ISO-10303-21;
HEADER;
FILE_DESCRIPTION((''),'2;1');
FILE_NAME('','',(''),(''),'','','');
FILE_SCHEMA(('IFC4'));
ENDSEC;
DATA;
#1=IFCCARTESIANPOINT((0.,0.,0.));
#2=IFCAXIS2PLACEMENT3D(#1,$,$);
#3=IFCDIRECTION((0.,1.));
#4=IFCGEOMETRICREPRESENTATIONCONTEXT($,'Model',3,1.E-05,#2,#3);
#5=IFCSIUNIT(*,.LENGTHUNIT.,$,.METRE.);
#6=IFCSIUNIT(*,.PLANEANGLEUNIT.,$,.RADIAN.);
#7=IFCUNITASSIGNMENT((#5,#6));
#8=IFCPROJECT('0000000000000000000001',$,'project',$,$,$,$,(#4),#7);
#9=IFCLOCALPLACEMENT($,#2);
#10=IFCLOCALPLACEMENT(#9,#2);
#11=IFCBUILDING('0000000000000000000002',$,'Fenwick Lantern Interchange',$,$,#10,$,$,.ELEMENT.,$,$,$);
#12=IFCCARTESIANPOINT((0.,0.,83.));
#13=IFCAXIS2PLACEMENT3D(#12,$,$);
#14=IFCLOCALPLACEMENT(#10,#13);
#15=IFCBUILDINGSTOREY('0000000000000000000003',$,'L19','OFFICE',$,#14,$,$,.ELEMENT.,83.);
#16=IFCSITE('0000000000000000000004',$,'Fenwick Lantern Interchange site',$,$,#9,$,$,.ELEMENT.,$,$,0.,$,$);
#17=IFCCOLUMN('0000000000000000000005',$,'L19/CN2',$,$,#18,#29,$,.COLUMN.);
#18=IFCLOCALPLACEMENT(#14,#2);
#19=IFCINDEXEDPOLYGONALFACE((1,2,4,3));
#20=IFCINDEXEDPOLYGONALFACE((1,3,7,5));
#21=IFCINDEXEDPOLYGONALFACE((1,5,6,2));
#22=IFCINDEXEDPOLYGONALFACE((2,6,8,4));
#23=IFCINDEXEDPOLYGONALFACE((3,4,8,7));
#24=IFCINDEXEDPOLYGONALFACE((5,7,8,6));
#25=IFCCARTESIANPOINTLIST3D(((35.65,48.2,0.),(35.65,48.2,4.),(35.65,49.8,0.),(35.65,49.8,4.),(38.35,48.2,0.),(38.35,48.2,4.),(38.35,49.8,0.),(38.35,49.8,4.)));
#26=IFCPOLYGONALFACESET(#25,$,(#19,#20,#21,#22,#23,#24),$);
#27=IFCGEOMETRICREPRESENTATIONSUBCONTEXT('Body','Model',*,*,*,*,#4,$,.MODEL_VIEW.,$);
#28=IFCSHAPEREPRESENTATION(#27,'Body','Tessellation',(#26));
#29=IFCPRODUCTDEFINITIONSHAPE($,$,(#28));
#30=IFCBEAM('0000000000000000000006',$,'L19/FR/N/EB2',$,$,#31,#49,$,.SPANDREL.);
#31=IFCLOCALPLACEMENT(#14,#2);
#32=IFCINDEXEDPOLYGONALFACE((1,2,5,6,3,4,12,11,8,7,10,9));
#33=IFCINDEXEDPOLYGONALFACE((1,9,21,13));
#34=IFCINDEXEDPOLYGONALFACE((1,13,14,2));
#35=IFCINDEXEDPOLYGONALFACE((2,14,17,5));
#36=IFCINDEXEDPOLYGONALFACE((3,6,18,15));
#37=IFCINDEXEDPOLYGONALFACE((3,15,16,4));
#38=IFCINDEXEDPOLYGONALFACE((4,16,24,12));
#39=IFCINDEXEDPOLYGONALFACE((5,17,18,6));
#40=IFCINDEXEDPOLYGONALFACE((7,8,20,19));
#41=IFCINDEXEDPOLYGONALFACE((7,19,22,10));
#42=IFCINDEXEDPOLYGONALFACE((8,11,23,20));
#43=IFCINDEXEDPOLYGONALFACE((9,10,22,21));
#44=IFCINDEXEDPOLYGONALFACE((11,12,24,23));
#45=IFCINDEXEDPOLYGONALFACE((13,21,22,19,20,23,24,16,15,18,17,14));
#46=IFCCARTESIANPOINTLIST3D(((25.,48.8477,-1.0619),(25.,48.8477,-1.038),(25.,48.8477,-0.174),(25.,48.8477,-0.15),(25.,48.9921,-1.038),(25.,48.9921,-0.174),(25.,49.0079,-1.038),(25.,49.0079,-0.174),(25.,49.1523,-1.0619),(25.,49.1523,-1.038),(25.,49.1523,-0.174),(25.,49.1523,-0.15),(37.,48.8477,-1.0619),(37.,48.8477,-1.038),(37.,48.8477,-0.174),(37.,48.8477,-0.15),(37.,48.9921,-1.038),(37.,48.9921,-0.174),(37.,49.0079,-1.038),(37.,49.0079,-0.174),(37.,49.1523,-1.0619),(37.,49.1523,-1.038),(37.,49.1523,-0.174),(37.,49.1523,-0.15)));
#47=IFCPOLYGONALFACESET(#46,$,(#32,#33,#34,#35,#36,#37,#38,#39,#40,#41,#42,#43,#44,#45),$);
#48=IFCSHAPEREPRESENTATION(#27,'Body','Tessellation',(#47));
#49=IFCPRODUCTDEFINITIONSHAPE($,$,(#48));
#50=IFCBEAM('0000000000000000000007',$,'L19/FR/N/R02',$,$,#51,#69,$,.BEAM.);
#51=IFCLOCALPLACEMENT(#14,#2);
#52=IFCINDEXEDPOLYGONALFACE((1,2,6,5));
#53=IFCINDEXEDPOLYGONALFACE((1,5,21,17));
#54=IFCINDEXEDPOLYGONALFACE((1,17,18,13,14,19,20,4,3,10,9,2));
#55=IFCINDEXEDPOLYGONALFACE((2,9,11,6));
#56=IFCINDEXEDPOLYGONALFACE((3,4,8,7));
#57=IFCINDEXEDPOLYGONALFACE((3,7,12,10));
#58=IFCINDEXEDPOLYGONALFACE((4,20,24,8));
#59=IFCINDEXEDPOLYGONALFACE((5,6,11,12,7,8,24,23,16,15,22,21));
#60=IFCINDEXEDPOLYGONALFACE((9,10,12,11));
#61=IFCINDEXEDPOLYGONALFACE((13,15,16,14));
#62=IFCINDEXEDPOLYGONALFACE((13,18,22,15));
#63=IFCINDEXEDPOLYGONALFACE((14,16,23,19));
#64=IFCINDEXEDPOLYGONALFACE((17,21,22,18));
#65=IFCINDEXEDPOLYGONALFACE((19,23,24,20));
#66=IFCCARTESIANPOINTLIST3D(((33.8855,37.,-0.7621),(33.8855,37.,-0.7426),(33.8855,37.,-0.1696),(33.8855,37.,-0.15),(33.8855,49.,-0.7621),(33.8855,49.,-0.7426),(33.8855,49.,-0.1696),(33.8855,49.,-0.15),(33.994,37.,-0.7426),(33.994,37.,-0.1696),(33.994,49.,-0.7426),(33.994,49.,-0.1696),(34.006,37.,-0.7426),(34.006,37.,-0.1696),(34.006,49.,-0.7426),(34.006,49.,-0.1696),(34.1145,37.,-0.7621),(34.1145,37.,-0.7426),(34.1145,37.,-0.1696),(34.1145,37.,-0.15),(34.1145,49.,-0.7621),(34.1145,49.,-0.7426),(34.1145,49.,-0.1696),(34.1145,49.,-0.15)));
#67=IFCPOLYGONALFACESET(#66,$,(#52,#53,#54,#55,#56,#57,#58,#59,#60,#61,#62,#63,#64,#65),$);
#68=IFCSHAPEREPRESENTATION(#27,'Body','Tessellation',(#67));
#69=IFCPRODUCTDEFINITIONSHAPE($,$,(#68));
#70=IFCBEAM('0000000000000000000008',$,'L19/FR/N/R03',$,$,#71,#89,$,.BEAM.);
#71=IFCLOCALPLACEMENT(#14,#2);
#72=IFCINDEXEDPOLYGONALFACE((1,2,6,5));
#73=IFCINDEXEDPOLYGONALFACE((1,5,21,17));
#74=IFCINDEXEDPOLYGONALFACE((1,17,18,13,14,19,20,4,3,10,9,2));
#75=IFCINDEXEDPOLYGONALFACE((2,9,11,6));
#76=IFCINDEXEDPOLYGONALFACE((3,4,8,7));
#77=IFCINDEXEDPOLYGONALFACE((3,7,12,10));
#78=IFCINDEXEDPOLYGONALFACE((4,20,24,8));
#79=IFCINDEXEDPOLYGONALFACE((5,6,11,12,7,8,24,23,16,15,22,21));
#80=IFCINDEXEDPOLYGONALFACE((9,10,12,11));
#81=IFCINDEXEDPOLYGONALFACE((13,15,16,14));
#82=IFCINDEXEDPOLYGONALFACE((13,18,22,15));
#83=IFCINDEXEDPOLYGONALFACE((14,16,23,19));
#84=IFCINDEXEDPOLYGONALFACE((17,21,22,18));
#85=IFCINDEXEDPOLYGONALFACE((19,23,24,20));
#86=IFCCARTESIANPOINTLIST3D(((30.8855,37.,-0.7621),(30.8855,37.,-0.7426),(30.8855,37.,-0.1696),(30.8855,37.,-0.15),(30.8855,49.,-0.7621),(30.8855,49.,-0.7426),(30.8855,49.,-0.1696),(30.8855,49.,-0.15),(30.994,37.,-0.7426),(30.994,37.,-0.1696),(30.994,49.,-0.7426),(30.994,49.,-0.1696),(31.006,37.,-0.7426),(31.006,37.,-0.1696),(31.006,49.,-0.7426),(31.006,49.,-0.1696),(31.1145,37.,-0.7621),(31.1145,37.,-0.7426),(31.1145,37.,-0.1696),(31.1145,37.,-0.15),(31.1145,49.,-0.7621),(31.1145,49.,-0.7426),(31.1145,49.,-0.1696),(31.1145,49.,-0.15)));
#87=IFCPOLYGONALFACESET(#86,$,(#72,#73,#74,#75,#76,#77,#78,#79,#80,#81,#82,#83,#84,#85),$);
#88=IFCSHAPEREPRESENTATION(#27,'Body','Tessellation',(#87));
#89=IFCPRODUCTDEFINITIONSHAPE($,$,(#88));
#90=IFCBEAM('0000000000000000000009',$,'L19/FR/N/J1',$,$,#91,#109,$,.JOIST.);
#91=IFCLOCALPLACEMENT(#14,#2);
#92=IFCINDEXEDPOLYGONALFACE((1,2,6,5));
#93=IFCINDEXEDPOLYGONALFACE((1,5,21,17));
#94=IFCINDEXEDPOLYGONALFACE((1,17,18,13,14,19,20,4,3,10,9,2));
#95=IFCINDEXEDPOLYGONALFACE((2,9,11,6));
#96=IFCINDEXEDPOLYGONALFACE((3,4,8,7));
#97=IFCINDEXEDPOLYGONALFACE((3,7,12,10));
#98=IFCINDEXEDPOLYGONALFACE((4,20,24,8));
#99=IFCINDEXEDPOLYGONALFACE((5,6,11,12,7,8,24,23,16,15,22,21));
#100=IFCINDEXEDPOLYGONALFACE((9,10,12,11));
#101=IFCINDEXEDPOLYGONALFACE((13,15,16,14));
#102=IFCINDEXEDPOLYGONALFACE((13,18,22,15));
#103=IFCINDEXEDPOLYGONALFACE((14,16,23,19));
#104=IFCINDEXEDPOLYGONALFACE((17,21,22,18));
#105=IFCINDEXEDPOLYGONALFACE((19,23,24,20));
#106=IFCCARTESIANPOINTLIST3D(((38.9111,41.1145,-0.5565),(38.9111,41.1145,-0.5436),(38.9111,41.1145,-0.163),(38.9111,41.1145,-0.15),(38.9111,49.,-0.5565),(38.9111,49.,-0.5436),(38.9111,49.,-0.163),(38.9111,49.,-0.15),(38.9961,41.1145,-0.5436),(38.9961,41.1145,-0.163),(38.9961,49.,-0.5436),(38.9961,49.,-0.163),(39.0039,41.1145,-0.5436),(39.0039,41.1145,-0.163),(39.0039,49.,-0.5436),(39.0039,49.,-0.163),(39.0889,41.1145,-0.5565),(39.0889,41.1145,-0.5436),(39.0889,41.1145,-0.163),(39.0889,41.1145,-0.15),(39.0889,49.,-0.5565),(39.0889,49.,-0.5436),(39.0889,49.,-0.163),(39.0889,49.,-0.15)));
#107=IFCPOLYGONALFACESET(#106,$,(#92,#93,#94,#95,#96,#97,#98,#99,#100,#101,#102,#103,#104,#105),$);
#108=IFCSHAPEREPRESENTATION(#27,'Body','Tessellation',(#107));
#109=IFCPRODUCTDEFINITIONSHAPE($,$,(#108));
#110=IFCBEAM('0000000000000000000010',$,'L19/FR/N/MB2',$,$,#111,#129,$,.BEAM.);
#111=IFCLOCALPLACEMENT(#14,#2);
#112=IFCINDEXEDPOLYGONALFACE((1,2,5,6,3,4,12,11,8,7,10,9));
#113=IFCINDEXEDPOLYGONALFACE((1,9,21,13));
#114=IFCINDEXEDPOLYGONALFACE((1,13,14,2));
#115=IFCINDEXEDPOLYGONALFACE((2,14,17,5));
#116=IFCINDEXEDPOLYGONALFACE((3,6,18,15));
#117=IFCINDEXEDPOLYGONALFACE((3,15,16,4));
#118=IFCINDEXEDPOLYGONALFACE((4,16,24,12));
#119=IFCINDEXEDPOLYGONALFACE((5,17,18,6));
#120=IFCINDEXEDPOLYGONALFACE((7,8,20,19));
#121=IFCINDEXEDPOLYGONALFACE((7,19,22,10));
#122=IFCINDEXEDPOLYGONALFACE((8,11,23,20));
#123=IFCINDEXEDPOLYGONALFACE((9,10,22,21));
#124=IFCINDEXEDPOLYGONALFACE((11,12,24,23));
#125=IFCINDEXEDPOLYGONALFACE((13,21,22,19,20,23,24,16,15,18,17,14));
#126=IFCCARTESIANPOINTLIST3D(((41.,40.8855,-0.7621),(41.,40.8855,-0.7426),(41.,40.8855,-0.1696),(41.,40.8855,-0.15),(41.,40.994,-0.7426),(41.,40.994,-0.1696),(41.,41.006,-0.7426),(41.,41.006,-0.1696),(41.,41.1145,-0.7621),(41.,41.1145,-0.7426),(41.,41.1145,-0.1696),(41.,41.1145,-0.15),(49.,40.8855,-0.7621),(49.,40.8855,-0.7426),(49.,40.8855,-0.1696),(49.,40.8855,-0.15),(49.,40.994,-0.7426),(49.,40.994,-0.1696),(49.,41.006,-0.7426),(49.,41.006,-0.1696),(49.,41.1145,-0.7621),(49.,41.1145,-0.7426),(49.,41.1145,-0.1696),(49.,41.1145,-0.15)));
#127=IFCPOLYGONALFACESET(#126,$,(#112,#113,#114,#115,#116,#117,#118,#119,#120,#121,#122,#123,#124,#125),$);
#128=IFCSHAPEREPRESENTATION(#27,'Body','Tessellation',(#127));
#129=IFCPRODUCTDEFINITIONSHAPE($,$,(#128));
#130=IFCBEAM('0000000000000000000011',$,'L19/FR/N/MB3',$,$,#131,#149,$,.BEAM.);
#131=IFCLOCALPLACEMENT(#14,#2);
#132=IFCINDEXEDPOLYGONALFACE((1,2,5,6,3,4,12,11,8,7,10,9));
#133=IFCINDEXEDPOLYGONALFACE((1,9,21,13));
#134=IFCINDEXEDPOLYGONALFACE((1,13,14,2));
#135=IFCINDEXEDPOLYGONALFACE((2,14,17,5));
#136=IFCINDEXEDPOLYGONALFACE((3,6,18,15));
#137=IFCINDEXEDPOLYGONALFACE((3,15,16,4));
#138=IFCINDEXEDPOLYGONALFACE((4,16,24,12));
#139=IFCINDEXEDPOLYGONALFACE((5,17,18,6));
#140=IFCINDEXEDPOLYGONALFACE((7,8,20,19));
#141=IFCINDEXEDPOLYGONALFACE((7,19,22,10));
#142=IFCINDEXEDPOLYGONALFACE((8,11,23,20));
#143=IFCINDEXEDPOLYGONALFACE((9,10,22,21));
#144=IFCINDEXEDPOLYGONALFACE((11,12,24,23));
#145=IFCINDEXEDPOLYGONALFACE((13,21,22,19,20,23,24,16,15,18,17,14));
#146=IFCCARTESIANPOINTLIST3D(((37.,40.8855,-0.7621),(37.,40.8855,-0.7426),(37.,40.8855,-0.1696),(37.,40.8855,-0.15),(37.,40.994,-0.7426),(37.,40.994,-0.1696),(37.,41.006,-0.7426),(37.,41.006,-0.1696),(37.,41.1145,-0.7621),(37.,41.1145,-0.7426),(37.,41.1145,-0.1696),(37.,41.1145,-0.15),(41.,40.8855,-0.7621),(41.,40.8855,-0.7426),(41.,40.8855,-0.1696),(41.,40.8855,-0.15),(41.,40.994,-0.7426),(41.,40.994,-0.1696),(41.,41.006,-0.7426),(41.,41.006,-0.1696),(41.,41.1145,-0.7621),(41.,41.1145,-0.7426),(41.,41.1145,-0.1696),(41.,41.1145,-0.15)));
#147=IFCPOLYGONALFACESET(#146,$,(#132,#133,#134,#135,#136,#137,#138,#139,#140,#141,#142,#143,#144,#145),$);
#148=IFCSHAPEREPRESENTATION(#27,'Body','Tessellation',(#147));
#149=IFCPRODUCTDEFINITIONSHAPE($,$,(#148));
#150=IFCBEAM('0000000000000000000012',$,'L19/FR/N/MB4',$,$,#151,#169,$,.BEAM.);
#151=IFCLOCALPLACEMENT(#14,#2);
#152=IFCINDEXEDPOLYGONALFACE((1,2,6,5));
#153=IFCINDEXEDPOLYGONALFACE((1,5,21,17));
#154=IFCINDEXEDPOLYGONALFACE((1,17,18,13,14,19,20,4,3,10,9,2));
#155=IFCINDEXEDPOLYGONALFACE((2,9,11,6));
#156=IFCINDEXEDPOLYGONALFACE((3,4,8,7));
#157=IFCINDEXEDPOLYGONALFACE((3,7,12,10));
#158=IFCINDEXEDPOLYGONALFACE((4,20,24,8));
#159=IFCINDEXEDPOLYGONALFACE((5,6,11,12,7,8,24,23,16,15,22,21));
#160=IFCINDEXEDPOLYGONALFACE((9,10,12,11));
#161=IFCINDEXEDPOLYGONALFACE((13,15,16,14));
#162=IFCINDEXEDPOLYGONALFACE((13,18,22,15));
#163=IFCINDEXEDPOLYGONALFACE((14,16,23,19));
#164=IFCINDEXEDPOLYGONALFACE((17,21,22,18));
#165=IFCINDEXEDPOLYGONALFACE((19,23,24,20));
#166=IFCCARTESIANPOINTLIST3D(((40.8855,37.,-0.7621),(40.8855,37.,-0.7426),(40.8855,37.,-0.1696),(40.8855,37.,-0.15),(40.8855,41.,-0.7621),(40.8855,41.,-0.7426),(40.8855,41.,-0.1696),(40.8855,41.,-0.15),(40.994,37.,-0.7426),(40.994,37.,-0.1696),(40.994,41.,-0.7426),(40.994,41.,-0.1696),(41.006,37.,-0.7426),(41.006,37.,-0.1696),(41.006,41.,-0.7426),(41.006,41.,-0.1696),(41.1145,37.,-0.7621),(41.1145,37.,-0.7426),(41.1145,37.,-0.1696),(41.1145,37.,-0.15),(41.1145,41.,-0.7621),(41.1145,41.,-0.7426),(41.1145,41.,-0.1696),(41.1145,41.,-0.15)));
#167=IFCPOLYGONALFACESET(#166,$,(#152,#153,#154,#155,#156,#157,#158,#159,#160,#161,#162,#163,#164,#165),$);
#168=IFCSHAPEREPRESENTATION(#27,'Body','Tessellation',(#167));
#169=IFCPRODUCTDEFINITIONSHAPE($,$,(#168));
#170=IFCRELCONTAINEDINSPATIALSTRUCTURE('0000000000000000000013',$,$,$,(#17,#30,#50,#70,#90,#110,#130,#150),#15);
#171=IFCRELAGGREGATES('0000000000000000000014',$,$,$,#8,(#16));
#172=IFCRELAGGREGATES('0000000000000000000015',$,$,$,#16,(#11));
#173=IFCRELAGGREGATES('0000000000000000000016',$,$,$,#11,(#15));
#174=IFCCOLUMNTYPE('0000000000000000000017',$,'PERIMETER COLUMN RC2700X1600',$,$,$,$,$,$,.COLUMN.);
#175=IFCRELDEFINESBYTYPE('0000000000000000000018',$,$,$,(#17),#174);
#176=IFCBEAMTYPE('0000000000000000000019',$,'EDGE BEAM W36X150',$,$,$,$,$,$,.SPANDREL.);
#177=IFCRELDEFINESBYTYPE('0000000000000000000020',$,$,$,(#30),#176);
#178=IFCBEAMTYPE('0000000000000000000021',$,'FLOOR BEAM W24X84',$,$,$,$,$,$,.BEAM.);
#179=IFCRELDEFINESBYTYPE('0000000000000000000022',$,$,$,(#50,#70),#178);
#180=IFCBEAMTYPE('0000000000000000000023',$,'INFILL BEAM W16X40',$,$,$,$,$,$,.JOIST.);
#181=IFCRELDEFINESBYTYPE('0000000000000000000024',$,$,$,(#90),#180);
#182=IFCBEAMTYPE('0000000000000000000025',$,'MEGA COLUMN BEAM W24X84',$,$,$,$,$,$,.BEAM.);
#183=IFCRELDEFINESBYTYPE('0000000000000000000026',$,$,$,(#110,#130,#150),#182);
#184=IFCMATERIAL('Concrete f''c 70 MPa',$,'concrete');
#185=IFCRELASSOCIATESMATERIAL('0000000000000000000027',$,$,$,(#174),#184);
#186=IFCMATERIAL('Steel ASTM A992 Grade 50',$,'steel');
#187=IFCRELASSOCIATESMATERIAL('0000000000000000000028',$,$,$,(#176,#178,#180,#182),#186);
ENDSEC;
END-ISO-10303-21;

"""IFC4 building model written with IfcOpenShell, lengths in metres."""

from ifc_helpers import new_model, si_unit, direction, frame, origin, origin_2d, place, context, subcontext, project, spatial, rectangle, i_section, extrude, material, material_profile, profile_set, type_object, element, save


model = new_model("IFC4")

# Units and contexts
model_context = context("Model", 3, precision=1e-05, world=origin(), true_north=direction((0.0, 1.0)))
body_context = subcontext(model_context, "Body", "Model", "MODEL_VIEW")
ifc_project = project(units=[si_unit("LENGTHUNIT", "METRE"), si_unit("PLANEANGLEUNIT", "RADIAN")], contexts=[model_context])

# Site, building, storey
site_placement = place(None, origin())
site = spatial("IfcSite", under=ifc_project, at=site_placement, Name="Fenwick Lantern Interchange site", CompositionType="ELEMENT", RefElevation=0.0)
building_placement = place(site_placement, origin())
building = spatial("IfcBuilding", under=site, at=building_placement, Name="Fenwick Lantern Interchange", CompositionType="ELEMENT")
storey_placement = place(building_placement, frame((0.0, 0.0, 83.0)))
storey = spatial("IfcBuildingStorey", under=building, at=storey_placement, Name="L19", Description="OFFICE", CompositionType="ELEMENT", Elevation=83.0)

# Column
ifc_material_1 = material(Name="Concrete f'c 70 MPa", Category="concrete")
ifc_material_profile_1 = material_profile(ifc_material_1, rectangle(XDim=2.7, YDim=1.6001, at=origin_2d()), Name="RC2700X1600")
ifc_profile_set_1 = profile_set([ifc_material_profile_1], Name="Concrete f'c 70 MPa")
column_type = type_object("IfcColumnType", Name="PERIMETER COLUMN RC2700X1600", PredefinedType="COLUMN", material=ifc_profile_set_1)
column_placement = place(storey_placement, frame((37.0, 49.0, 0.0), z_axis=(0.0, 0.0, 1.0), x_axis=(1.0, 0.0, 0.0)))
element("IfcColumn", 1, at=column_placement, inside=storey, type_object=column_type, Name="L19/CN2", PredefinedType="COLUMN", context=body_context, shape_type="SweptSolid", body=[
    extrude(rectangle(XDim=2.7, YDim=1.6001, at=origin_2d()), origin(), (0.0, 0.0, 1.0), 4.0),
])

# Beams
ifc_material_2 = material(Name="Steel ASTM A992 Grade 50", Category="steel")
ifc_material_profile_2 = material_profile(ifc_material_2, i_section(OverallWidth=0.3047, OverallDepth=0.9119, WebThickness=0.0159, FlangeThickness=0.0239, at=origin_2d()), Name="W36X150")
ifc_profile_set_2 = profile_set([ifc_material_profile_2], Name="Steel ASTM A992 Grade 50")
beam_type_1 = type_object("IfcBeamType", Name="EDGE BEAM W36X150", PredefinedType="SPANDREL", material=ifc_profile_set_2)
beam_1_placement = place(storey_placement, frame((37.0, 49.0, -0.606), z_axis=(-1.0, 0.0, 0.0), x_axis=(0.0, -1.0, 0.0)))
element("IfcBeam", 2, at=beam_1_placement, inside=storey, type_object=beam_type_1, Name="L19/FR/N/EB2", PredefinedType="SPANDREL", context=body_context, shape_type="SweptSolid", body=[
    extrude(i_section(OverallWidth=0.3047, OverallDepth=0.9119, WebThickness=0.0159, FlangeThickness=0.0239, at=origin_2d()), origin(), (0.0, 0.0, 1.0), 12.0),
])
ifc_material_profile_3 = material_profile(ifc_material_2, i_section(OverallWidth=0.229, OverallDepth=0.6121, WebThickness=0.012, FlangeThickness=0.0195, at=origin_2d()), Name="W24X84")
ifc_profile_set_3 = profile_set([ifc_material_profile_3], Name="Steel ASTM A992 Grade 50")
beam_type_2 = type_object("IfcBeamType", Name="FLOOR BEAM W24X84", PredefinedType="BEAM", material=ifc_profile_set_3)
for number, where, z_axis, x_axis, name in (
    (3, (34.0, 49.0, -0.4561), (0.0, -1.0, 0.0), (1.0, 0.0, 0.0), "L19/FR/N/R02"),
    (4, (31.0, 49.0, -0.4561), (0.0, -1.0, 0.0), (1.0, 0.0, 0.0), "L19/FR/N/R03"),
):
    element("IfcBeam", number, at=place(storey_placement, frame(where, z_axis=z_axis, x_axis=x_axis)), inside=storey, type_object=beam_type_2, Name=name, PredefinedType="BEAM", context=body_context, shape_type="SweptSolid", body=[
        extrude(i_section(OverallWidth=0.229, OverallDepth=0.6121, WebThickness=0.012, FlangeThickness=0.0195, at=origin_2d()), origin(), (0.0, 0.0, 1.0), 12.0),
    ])
ifc_material_profile_4 = material_profile(ifc_material_2, i_section(OverallWidth=0.1777, OverallDepth=0.4065, WebThickness=0.0078, FlangeThickness=0.0129, at=origin_2d()), Name="W16X40")
ifc_profile_set_4 = profile_set([ifc_material_profile_4], Name="Steel ASTM A992 Grade 50")
beam_type_3 = type_object("IfcBeamType", Name="INFILL BEAM W16X40", PredefinedType="JOIST", material=ifc_profile_set_4)
beam_2_placement = place(storey_placement, frame((39.0, 49.0, -0.3533), z_axis=(0.0, -1.0, 0.0), x_axis=(1.0, 0.0, 0.0)))
element("IfcBeam", 5, at=beam_2_placement, inside=storey, type_object=beam_type_3, Name="L19/FR/N/J1", PredefinedType="JOIST", context=body_context, shape_type="SweptSolid", body=[
    extrude(i_section(OverallWidth=0.1777, OverallDepth=0.4065, WebThickness=0.0078, FlangeThickness=0.0129, at=origin_2d()), origin(), (0.0, 0.0, 1.0), 7.8855),
])
ifc_material_profile_5 = material_profile(ifc_material_2, i_section(OverallWidth=0.229, OverallDepth=0.6121, WebThickness=0.012, FlangeThickness=0.0195, at=origin_2d()), Name="W24X84")
ifc_profile_set_5 = profile_set([ifc_material_profile_5], Name="Steel ASTM A992 Grade 50")
beam_type_4 = type_object("IfcBeamType", Name="MEGA COLUMN BEAM W24X84", PredefinedType="BEAM", material=ifc_profile_set_5)
beam_3_placement = place(storey_placement, frame((41.0, 41.0, -0.4561), z_axis=(1.0, 0.0, 0.0), x_axis=(0.0, 1.0, 0.0)))
element("IfcBeam", 6, at=beam_3_placement, inside=storey, type_object=beam_type_4, Name="L19/FR/N/MB2", PredefinedType="BEAM", context=body_context, shape_type="SweptSolid", body=[
    extrude(i_section(OverallWidth=0.229, OverallDepth=0.6121, WebThickness=0.012, FlangeThickness=0.0195, at=origin_2d()), origin(), (0.0, 0.0, 1.0), 8.0),
])
for number, where, z_axis, x_axis, name in (
    (7, (41.0, 41.0, -0.4561), (-1.0, 0.0, 0.0), (0.0, -1.0, 0.0), "L19/FR/N/MB3"),
    (8, (41.0, 41.0, -0.4561), (0.0, -1.0, 0.0), (1.0, 0.0, 0.0), "L19/FR/N/MB4"),
):
    element("IfcBeam", number, at=place(storey_placement, frame(where, z_axis=z_axis, x_axis=x_axis)), inside=storey, type_object=beam_type_4, Name=name, PredefinedType="BEAM", context=body_context, shape_type="SweptSolid", body=[
        extrude(i_section(OverallWidth=0.229, OverallDepth=0.6121, WebThickness=0.012, FlangeThickness=0.0195, at=origin_2d()), origin(), (0.0, 0.0, 1.0), 4.0),
    ])

save(model, "model.ifc")
